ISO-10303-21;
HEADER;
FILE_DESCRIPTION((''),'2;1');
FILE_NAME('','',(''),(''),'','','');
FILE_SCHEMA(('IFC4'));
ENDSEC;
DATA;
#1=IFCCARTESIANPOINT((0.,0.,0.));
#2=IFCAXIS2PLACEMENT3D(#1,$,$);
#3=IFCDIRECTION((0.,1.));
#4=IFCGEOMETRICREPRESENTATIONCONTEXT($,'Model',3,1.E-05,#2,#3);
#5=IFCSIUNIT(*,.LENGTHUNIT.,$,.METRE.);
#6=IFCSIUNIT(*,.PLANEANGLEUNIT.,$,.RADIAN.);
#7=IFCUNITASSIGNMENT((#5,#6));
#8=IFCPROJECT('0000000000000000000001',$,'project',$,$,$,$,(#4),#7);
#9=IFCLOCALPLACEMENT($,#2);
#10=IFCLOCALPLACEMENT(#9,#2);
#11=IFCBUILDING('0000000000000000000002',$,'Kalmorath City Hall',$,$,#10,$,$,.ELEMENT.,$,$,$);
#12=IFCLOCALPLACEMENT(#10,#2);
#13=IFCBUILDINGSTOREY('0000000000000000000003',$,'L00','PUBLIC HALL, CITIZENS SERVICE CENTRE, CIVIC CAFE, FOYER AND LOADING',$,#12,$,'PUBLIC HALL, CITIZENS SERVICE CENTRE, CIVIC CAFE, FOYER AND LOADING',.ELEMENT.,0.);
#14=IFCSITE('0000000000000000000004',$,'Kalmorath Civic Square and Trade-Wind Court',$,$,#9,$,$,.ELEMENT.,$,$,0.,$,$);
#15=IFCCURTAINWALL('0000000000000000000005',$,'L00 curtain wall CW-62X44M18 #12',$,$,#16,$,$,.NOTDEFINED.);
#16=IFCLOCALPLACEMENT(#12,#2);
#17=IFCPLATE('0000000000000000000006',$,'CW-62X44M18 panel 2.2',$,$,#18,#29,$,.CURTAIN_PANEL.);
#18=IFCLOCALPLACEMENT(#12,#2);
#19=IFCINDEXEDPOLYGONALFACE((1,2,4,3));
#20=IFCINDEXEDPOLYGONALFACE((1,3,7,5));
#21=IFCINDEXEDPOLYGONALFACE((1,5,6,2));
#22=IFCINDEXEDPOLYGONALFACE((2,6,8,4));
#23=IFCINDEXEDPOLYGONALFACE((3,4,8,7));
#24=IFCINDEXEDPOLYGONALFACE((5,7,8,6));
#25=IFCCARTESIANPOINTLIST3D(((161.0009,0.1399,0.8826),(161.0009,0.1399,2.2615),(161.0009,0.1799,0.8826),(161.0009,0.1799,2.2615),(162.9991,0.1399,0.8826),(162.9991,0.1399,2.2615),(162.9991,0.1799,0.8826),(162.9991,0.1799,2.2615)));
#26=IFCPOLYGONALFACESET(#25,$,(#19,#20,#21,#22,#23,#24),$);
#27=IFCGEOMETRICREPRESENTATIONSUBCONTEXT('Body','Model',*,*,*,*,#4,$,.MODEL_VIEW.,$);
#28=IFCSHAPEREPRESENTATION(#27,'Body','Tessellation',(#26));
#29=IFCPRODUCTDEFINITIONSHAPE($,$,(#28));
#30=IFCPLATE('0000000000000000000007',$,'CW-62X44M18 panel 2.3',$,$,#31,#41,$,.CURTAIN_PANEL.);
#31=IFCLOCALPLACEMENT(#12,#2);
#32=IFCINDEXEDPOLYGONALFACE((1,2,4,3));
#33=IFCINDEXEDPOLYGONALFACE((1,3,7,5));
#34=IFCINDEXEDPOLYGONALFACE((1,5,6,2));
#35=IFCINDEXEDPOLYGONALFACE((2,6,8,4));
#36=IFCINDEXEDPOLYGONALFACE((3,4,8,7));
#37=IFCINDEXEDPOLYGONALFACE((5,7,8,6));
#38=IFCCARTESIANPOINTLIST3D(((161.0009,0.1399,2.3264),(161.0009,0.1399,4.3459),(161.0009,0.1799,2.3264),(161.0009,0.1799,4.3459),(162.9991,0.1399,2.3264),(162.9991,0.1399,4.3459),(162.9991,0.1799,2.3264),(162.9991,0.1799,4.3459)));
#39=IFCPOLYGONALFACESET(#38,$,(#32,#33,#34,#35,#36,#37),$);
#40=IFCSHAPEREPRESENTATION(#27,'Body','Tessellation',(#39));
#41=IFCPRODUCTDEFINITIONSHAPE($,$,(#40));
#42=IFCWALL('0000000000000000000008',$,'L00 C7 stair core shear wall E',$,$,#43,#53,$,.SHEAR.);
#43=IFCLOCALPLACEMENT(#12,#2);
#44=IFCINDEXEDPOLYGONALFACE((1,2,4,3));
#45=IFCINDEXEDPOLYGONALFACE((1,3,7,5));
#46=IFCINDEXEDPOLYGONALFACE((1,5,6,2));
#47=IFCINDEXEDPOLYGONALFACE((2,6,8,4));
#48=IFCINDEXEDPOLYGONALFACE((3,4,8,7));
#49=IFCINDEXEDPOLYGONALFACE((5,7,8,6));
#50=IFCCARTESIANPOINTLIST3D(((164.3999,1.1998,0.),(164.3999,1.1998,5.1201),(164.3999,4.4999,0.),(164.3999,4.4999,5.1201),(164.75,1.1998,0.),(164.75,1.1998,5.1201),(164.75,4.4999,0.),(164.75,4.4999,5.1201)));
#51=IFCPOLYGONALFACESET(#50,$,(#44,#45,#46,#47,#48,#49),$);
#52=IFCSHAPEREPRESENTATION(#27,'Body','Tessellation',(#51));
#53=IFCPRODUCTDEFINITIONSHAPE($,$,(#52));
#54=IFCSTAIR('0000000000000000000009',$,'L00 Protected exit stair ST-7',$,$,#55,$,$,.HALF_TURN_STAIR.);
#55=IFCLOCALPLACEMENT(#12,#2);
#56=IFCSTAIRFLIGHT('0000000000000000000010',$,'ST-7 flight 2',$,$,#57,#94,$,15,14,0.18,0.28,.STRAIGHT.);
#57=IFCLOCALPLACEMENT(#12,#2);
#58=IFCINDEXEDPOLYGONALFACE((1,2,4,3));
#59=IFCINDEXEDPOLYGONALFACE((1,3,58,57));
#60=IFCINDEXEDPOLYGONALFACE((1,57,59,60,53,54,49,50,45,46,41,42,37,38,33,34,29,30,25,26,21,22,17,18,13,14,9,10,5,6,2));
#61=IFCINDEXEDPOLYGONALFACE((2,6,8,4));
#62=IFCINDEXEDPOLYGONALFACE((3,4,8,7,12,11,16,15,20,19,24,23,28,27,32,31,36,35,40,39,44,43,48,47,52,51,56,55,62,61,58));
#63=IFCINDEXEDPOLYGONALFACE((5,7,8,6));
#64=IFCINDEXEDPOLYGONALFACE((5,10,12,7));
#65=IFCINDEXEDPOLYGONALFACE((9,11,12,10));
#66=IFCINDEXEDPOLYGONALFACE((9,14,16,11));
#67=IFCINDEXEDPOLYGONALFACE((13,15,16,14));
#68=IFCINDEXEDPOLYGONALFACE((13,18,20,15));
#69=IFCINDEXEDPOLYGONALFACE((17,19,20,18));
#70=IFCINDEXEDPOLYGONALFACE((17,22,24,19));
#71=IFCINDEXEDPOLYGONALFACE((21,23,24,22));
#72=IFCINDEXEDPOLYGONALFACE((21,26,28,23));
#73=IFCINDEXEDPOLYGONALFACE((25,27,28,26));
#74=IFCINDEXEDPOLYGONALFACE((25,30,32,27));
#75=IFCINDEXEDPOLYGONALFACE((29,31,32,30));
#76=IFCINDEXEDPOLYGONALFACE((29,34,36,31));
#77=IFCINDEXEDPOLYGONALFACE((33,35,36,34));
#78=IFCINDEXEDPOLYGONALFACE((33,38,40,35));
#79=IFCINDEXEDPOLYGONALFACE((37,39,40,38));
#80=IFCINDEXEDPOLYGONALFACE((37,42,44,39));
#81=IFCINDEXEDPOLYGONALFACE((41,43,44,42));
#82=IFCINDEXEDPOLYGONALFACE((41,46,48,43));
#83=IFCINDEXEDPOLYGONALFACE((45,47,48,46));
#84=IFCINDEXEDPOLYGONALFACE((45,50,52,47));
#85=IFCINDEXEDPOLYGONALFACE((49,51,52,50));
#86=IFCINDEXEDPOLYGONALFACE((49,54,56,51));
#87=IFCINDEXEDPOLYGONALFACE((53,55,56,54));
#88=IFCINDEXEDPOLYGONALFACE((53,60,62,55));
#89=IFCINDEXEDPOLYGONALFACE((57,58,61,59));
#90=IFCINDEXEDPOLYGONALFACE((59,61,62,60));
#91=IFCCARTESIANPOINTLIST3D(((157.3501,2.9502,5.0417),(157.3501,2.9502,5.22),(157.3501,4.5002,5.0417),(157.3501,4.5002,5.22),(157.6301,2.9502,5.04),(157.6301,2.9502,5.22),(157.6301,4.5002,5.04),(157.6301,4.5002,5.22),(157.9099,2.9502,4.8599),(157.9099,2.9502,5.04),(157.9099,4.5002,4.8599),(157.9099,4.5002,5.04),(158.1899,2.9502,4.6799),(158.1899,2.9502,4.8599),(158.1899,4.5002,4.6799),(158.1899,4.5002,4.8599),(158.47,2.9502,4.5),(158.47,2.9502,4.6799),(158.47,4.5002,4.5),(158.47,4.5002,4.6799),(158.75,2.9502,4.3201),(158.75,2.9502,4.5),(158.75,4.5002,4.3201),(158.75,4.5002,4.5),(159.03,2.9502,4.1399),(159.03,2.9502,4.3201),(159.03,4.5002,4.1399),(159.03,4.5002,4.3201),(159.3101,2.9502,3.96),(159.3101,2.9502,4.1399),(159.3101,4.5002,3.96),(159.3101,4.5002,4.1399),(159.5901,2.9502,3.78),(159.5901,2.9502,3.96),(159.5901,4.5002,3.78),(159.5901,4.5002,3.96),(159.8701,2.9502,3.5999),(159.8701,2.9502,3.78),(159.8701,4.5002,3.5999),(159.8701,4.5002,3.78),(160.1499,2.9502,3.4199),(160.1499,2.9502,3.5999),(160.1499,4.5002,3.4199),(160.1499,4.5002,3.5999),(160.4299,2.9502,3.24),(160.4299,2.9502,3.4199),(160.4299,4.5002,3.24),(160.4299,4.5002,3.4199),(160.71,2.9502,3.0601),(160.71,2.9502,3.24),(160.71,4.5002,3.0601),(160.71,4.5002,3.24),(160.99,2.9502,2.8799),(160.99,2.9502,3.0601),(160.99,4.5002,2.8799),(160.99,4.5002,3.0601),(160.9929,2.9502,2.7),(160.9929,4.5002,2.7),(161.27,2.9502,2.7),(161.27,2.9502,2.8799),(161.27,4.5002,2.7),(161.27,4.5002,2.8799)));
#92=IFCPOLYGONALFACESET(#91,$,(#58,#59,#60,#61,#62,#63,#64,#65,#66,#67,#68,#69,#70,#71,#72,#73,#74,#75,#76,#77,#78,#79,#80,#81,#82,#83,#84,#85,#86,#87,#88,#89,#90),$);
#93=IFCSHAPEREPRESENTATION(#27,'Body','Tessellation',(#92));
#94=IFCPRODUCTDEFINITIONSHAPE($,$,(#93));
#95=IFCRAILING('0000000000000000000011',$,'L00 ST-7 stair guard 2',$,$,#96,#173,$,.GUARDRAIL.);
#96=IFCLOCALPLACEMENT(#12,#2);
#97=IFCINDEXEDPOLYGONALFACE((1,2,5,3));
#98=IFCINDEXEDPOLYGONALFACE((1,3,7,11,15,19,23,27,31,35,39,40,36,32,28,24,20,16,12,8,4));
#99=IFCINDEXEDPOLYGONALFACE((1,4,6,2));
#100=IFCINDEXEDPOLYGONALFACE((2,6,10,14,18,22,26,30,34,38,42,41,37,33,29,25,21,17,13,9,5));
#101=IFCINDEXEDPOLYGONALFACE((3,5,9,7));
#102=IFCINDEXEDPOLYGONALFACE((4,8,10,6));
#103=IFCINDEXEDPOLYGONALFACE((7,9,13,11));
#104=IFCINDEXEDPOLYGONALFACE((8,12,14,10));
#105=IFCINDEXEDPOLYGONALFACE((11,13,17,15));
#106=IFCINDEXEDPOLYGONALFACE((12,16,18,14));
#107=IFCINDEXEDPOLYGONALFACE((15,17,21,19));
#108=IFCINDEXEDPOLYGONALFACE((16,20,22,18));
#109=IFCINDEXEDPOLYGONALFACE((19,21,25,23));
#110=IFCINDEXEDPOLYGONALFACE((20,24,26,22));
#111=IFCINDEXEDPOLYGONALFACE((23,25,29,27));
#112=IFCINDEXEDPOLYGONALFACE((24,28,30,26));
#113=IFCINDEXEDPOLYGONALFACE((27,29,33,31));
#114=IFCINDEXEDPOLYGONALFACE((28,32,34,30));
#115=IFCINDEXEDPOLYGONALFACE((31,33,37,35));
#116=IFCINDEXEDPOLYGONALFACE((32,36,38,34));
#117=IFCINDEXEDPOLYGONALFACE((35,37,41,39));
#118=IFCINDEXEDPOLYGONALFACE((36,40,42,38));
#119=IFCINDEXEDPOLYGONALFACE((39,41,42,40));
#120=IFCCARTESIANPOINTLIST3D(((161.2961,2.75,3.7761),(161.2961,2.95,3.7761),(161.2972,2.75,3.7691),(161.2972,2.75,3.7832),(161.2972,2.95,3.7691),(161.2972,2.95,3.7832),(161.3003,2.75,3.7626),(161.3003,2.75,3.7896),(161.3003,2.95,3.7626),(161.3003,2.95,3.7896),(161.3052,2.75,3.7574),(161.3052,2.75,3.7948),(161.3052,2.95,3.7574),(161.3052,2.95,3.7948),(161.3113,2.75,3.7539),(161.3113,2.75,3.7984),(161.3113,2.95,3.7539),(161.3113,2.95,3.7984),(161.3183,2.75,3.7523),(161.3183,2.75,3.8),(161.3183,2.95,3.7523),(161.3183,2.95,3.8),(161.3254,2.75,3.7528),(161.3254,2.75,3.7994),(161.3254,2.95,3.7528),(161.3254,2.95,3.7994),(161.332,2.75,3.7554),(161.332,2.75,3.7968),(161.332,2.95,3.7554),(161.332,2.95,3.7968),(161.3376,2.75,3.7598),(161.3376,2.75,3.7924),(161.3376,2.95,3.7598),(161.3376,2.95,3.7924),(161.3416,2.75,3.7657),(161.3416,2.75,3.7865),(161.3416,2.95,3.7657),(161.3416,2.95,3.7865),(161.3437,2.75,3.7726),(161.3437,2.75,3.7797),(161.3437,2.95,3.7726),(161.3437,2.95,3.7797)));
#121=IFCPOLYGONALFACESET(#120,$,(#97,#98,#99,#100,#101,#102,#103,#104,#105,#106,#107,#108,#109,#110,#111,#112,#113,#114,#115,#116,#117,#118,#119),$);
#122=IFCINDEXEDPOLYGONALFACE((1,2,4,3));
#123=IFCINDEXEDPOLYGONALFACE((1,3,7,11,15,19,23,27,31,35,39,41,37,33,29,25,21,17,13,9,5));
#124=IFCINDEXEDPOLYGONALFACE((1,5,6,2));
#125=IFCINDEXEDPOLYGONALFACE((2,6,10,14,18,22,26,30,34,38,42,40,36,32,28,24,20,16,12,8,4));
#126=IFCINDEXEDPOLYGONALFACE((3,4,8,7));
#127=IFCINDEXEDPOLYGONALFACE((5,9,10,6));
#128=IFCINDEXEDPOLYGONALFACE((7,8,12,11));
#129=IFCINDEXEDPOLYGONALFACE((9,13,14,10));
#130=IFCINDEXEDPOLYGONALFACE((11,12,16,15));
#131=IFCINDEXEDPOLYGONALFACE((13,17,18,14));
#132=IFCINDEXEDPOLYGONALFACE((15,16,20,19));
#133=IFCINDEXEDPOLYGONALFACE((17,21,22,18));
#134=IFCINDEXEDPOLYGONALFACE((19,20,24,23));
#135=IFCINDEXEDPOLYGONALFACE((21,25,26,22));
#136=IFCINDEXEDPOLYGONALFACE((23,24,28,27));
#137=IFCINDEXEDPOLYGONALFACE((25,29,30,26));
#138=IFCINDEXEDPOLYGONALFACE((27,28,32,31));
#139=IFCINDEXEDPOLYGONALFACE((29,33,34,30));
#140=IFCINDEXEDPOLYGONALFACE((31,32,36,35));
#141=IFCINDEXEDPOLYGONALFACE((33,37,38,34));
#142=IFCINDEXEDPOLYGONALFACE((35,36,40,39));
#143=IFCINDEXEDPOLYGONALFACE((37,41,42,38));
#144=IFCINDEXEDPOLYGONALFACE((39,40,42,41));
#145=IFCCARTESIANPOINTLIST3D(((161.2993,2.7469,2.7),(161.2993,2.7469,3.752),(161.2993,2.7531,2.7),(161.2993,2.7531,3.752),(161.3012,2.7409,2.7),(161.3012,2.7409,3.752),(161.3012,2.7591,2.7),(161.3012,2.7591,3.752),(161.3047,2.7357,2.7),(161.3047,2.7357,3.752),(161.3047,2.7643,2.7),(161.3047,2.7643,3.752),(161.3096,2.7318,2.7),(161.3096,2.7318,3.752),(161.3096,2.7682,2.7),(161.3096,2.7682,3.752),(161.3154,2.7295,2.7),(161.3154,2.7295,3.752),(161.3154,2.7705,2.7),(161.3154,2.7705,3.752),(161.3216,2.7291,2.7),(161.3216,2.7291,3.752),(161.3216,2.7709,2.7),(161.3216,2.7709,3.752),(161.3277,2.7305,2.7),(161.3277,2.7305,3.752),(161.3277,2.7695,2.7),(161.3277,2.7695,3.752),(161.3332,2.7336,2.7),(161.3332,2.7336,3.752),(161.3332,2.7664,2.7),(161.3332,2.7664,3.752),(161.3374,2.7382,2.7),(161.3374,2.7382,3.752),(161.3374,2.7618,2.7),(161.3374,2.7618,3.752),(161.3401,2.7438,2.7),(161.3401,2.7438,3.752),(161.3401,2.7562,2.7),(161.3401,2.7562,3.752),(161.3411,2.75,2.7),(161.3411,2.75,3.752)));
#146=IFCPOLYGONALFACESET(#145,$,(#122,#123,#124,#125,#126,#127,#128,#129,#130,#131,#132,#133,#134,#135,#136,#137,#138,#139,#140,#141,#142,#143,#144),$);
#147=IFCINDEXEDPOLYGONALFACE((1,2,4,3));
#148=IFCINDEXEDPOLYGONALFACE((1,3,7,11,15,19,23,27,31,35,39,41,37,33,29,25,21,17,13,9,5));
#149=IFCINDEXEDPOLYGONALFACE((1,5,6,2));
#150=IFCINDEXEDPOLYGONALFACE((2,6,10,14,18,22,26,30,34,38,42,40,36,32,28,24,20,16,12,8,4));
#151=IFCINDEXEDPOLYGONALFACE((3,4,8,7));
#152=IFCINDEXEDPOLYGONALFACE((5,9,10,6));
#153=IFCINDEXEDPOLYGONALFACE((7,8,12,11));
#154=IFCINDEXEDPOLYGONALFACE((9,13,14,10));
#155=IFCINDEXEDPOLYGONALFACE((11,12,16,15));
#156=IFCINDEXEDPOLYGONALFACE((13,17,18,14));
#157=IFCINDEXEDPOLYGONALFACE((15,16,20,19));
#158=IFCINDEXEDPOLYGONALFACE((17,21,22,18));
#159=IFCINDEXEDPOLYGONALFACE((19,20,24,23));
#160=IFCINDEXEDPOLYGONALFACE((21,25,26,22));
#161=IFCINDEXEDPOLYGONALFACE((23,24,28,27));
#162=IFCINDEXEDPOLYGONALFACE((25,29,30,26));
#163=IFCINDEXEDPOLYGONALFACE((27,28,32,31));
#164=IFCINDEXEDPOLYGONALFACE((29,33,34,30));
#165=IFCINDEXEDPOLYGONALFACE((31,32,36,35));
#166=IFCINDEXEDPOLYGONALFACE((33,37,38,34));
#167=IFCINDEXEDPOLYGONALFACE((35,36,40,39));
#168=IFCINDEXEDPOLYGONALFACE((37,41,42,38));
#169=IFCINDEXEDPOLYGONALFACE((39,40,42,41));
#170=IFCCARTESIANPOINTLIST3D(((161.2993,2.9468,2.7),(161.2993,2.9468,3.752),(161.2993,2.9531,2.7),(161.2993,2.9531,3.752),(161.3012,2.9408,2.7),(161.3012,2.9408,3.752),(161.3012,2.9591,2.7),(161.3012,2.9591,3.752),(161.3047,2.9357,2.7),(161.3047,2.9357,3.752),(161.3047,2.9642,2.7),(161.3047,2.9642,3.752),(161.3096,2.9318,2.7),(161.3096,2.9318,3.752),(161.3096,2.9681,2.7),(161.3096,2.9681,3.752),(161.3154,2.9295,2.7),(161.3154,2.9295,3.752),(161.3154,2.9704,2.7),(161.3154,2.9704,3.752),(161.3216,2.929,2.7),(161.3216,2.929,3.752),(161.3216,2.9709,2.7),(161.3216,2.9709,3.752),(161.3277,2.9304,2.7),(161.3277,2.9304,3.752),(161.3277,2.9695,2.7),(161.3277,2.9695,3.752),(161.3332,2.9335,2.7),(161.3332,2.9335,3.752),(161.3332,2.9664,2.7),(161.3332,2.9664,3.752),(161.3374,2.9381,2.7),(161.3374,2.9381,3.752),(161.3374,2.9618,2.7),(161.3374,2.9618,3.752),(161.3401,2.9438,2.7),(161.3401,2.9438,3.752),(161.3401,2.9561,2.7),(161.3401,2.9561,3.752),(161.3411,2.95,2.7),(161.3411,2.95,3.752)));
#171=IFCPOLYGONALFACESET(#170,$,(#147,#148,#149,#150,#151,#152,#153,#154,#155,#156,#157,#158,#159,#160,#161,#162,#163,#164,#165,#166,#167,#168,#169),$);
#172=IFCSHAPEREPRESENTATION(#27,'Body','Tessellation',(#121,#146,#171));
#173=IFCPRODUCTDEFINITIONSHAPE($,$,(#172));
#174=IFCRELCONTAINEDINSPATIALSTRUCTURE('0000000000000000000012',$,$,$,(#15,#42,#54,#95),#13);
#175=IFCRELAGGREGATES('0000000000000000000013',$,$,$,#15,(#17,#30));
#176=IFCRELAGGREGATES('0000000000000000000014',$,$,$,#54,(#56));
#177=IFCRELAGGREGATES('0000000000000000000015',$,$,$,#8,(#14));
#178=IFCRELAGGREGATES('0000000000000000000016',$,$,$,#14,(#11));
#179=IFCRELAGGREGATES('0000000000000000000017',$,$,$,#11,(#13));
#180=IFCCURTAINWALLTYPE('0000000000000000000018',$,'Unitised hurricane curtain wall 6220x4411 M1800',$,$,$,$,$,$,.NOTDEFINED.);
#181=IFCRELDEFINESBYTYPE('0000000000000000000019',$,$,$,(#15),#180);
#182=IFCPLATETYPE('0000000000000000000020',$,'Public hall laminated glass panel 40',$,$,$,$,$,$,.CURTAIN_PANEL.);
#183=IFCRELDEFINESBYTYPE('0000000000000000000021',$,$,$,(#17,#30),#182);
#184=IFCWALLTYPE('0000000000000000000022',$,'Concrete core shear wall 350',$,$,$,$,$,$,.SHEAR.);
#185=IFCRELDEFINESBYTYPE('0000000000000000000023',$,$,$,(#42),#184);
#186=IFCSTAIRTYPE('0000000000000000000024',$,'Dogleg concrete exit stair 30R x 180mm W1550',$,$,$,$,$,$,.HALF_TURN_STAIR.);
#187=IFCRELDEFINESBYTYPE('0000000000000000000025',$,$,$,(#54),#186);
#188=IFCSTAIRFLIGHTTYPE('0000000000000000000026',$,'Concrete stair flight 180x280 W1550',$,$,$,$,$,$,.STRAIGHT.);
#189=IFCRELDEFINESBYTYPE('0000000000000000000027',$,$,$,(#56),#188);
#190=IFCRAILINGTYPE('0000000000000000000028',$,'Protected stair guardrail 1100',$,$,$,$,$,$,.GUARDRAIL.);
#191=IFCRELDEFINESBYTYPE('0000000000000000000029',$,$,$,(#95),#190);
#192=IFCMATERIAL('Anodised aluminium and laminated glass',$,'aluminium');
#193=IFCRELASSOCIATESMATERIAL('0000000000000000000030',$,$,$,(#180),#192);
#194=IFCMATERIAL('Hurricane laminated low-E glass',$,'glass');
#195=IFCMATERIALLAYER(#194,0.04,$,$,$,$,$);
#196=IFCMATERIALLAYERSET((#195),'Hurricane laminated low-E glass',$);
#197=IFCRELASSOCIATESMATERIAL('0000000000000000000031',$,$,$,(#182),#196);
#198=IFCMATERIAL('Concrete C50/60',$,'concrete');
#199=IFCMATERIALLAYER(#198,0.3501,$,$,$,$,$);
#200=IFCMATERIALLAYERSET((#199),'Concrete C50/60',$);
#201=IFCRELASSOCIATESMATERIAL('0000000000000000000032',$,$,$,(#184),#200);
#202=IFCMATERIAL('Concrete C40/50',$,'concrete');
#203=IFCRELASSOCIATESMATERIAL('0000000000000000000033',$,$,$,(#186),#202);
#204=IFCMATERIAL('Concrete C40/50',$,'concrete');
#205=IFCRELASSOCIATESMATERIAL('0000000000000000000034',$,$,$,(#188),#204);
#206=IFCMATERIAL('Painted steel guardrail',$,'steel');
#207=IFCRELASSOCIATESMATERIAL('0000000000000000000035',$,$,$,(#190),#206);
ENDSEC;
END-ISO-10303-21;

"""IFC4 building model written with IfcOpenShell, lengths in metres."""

from ifc_helpers import new_model, si_unit, direction, frame, frame_2d, origin, origin_2d, place, context, subcontext, project, spatial, polyline, rectangle, circle, outline, extrude, material, layer, layer_set, type_object, element, aggregate, save


model = new_model("IFC4")

# Units and contexts
model_context = context("Model", 3, precision=1e-05, world=origin(), true_north=direction((0.0, 1.0)))
body_context = subcontext(model_context, "Body", "Model", "MODEL_VIEW")
ifc_project = project(units=[si_unit("LENGTHUNIT", "METRE"), si_unit("PLANEANGLEUNIT", "RADIAN")], contexts=[model_context])

# Site, building, storey
site_placement = place(None, origin())
site = spatial("IfcSite", under=ifc_project, at=site_placement, Name="Kalmorath Civic Square and Trade-Wind Court", CompositionType="ELEMENT", RefElevation=0.0)
building_placement = place(site_placement, origin())
building = spatial("IfcBuilding", under=site, at=building_placement, Name="Kalmorath City Hall", CompositionType="ELEMENT")
storey_placement = place(building_placement, origin())
storey = spatial("IfcBuildingStorey", under=building, at=storey_placement, Name="L00", Description="PUBLIC HALL, CITIZENS SERVICE CENTRE, CIVIC CAFE, FOYER AND LOADING", LongName="PUBLIC HALL, CITIZENS SERVICE CENTRE, CIVIC CAFE, FOYER AND LOADING", CompositionType="ELEMENT", Elevation=0.0)

# Curtain wall, plates
ifc_material_1 = material(Name="Anodised aluminium and laminated glass", Category="aluminium")
curtain_wall_type = type_object("IfcCurtainWallType", Name="Unitised hurricane curtain wall 6220x4411 M1800", PredefinedType="NOTDEFINED", material=ifc_material_1)
curtain_wall_placement = place(storey_placement, origin())
curtain_wall = element("IfcCurtainWall", 1, at=curtain_wall_placement, inside=storey, type_object=curtain_wall_type, Name="L00 curtain wall CW-62X44M18 #12", PredefinedType="NOTDEFINED")
ifc_material_2 = material(Name="Hurricane laminated low-E glass", Category="glass")
ifc_layer_1 = layer(ifc_material_2, 0.04)
ifc_layer_set_1 = layer_set([ifc_layer_1], Name="Hurricane laminated low-E glass")
plate_type = type_object("IfcPlateType", Name="Public hall laminated glass panel 40", PredefinedType="CURTAIN_PANEL", material=ifc_layer_set_1)
plate_1_placement = place(storey_placement, frame((162.0, 0.1599, 0.8826), z_axis=(0.0, 0.0, 1.0), x_axis=(-1.0, 0.0, 0.0)))
plate_1 = element("IfcPlate", 2, at=plate_1_placement, type_object=plate_type, Name="CW-62X44M18 panel 2.2", PredefinedType="CURTAIN_PANEL", context=body_context, shape_type="SweptSolid", body=[
    extrude(rectangle(XDim=1.9983, YDim=0.04, at=origin_2d()), origin(), (0.0, 0.0, 1.0), 1.3789),
])
plate_2_placement = place(storey_placement, frame((162.0, 0.1599, 2.3264), z_axis=(0.0, 0.0, 1.0), x_axis=(-1.0, 0.0, 0.0)))
plate_2 = element("IfcPlate", 3, at=plate_2_placement, type_object=plate_type, Name="CW-62X44M18 panel 2.3", PredefinedType="CURTAIN_PANEL", context=body_context, shape_type="SweptSolid", body=[
    extrude(rectangle(XDim=1.9983, YDim=0.04, at=origin_2d()), origin(), (0.0, 0.0, 1.0), 2.0195),
])
aggregate(curtain_wall, [plate_1, plate_2])

# Wall
ifc_material_3 = material(Name="Concrete C50/60", Category="concrete")
ifc_layer_2 = layer(ifc_material_3, 0.3501)
ifc_layer_set_2 = layer_set([ifc_layer_2], Name="Concrete C50/60")
wall_type = type_object("IfcWallType", Name="Concrete core shear wall 350", PredefinedType="SHEAR", material=ifc_layer_set_2)
wall_placement = place(storey_placement, frame((164.575, 1.2, 0.0), z_axis=(0.0, 0.0, 1.0), x_axis=(0.0, 1.0, 0.0)))
element("IfcWall", 4, at=wall_placement, inside=storey, type_object=wall_type, Name="L00 C7 stair core shear wall E", PredefinedType="SHEAR", context=body_context, shape_type="SweptSolid", body=[
    extrude(rectangle(XDim=3.3, YDim=0.3501, at=frame_2d((1.6499, 0.0))), origin(), (0.0, 0.0, 1.0), 5.1201),
])

# Stair, stair flight
ifc_material_4 = material(Name="Concrete C40/50", Category="concrete")
stair_type = type_object("IfcStairType", Name="Dogleg concrete exit stair 30R x 180mm W1550", PredefinedType="HALF_TURN_STAIR", material=ifc_material_4)
stair_placement = place(storey_placement, origin())
stair = element("IfcStair", 5, at=stair_placement, inside=storey, type_object=stair_type, Name="L00 Protected exit stair ST-7", PredefinedType="HALF_TURN_STAIR")
ifc_material_5 = material(Name="Concrete C40/50", Category="concrete")
stair_flight_type = type_object("IfcStairFlightType", Name="Concrete stair flight 180x280 W1550", PredefinedType="STRAIGHT", material=ifc_material_5)
stair_flight_placement = place(storey_placement, frame((161.27, 3.7251, 2.7), z_axis=(0.0, 0.0, 1.0), x_axis=(-1.0, 0.0, 0.0)))
stair_flight = element("IfcStairFlight", 6, at=stair_flight_placement, type_object=stair_flight_type, Name="ST-7 flight 2", NumberOfRisers=15, NumberOfTreads=14, PredefinedType="STRAIGHT", RiserHeight=0.18, TreadLength=0.28, context=body_context, shape_type="SweptSolid", body=[
    extrude(outline(polyline([(0.0, 0.0), (0.0, 0.1799), (0.28, 0.1799), (0.28, 0.3601), (0.5601, 0.3601), (0.5601, 0.54), (0.8401, 0.54), (0.8401, 0.72), (1.1201, 0.72), (1.1201, 0.8999), (1.3999, 0.8999), (1.3999, 1.0801), (1.6799, 1.0801), (1.6799, 1.26), (1.96, 1.26), (1.96, 1.4399), (2.24, 1.4399), (2.24, 1.6201), (2.52, 1.6201), (2.52, 1.8), (2.8, 1.8), (2.8, 1.98), (3.0801, 1.98), (3.0801, 2.1599), (3.3601, 2.1599), (3.3601, 2.3401), (3.6399, 2.3401), (3.6399, 2.52), (3.9199, 2.52), (3.9199, 2.7), (3.9199, 2.3418), (0.2771, 0.0), (0.0, 0.0)])), frame((0.0, 0.7749, 0.0), z_axis=(0.0, -1.0, 0.0), x_axis=(1.0, 0.0, 0.0)), (0.0, 0.0, 1.0), 1.55),
])
aggregate(stair, [stair_flight])

# Railing
ifc_material_6 = material(Name="Painted steel guardrail", Category="steel")
railing_type_1 = type_object("IfcRailingType", Name="Protected stair guardrail 1100", PredefinedType="GUARDRAIL", material=ifc_material_6)
railing_1_placement = place(storey_placement, frame((161.3201, 2.75, 2.7)))
element("IfcRailing", 7, at=railing_1_placement, inside=storey, type_object=railing_type_1, Name="L00 ST-7 stair guard 2", PredefinedType="GUARDRAIL", context=body_context, shape_type="SweptSolid", body=[
    extrude(circle(Radius=0.0239, at=origin_2d()), frame((0.0, 0.0, 1.0762), z_axis=(0.0, 1.0, 0.0), x_axis=(-1.0, 0.0, 0.0)), (0.0, 0.0, 1.0), 0.2),
    extrude(circle(Radius=0.021, at=origin_2d()), origin(), (0.0, 0.0, 1.0), 1.052),
    extrude(circle(Radius=0.021, at=origin_2d()), frame((0.0, 0.2, 0.0)), (0.0, 0.0, 1.0), 1.052),
])

save(model, "model.ifc")
